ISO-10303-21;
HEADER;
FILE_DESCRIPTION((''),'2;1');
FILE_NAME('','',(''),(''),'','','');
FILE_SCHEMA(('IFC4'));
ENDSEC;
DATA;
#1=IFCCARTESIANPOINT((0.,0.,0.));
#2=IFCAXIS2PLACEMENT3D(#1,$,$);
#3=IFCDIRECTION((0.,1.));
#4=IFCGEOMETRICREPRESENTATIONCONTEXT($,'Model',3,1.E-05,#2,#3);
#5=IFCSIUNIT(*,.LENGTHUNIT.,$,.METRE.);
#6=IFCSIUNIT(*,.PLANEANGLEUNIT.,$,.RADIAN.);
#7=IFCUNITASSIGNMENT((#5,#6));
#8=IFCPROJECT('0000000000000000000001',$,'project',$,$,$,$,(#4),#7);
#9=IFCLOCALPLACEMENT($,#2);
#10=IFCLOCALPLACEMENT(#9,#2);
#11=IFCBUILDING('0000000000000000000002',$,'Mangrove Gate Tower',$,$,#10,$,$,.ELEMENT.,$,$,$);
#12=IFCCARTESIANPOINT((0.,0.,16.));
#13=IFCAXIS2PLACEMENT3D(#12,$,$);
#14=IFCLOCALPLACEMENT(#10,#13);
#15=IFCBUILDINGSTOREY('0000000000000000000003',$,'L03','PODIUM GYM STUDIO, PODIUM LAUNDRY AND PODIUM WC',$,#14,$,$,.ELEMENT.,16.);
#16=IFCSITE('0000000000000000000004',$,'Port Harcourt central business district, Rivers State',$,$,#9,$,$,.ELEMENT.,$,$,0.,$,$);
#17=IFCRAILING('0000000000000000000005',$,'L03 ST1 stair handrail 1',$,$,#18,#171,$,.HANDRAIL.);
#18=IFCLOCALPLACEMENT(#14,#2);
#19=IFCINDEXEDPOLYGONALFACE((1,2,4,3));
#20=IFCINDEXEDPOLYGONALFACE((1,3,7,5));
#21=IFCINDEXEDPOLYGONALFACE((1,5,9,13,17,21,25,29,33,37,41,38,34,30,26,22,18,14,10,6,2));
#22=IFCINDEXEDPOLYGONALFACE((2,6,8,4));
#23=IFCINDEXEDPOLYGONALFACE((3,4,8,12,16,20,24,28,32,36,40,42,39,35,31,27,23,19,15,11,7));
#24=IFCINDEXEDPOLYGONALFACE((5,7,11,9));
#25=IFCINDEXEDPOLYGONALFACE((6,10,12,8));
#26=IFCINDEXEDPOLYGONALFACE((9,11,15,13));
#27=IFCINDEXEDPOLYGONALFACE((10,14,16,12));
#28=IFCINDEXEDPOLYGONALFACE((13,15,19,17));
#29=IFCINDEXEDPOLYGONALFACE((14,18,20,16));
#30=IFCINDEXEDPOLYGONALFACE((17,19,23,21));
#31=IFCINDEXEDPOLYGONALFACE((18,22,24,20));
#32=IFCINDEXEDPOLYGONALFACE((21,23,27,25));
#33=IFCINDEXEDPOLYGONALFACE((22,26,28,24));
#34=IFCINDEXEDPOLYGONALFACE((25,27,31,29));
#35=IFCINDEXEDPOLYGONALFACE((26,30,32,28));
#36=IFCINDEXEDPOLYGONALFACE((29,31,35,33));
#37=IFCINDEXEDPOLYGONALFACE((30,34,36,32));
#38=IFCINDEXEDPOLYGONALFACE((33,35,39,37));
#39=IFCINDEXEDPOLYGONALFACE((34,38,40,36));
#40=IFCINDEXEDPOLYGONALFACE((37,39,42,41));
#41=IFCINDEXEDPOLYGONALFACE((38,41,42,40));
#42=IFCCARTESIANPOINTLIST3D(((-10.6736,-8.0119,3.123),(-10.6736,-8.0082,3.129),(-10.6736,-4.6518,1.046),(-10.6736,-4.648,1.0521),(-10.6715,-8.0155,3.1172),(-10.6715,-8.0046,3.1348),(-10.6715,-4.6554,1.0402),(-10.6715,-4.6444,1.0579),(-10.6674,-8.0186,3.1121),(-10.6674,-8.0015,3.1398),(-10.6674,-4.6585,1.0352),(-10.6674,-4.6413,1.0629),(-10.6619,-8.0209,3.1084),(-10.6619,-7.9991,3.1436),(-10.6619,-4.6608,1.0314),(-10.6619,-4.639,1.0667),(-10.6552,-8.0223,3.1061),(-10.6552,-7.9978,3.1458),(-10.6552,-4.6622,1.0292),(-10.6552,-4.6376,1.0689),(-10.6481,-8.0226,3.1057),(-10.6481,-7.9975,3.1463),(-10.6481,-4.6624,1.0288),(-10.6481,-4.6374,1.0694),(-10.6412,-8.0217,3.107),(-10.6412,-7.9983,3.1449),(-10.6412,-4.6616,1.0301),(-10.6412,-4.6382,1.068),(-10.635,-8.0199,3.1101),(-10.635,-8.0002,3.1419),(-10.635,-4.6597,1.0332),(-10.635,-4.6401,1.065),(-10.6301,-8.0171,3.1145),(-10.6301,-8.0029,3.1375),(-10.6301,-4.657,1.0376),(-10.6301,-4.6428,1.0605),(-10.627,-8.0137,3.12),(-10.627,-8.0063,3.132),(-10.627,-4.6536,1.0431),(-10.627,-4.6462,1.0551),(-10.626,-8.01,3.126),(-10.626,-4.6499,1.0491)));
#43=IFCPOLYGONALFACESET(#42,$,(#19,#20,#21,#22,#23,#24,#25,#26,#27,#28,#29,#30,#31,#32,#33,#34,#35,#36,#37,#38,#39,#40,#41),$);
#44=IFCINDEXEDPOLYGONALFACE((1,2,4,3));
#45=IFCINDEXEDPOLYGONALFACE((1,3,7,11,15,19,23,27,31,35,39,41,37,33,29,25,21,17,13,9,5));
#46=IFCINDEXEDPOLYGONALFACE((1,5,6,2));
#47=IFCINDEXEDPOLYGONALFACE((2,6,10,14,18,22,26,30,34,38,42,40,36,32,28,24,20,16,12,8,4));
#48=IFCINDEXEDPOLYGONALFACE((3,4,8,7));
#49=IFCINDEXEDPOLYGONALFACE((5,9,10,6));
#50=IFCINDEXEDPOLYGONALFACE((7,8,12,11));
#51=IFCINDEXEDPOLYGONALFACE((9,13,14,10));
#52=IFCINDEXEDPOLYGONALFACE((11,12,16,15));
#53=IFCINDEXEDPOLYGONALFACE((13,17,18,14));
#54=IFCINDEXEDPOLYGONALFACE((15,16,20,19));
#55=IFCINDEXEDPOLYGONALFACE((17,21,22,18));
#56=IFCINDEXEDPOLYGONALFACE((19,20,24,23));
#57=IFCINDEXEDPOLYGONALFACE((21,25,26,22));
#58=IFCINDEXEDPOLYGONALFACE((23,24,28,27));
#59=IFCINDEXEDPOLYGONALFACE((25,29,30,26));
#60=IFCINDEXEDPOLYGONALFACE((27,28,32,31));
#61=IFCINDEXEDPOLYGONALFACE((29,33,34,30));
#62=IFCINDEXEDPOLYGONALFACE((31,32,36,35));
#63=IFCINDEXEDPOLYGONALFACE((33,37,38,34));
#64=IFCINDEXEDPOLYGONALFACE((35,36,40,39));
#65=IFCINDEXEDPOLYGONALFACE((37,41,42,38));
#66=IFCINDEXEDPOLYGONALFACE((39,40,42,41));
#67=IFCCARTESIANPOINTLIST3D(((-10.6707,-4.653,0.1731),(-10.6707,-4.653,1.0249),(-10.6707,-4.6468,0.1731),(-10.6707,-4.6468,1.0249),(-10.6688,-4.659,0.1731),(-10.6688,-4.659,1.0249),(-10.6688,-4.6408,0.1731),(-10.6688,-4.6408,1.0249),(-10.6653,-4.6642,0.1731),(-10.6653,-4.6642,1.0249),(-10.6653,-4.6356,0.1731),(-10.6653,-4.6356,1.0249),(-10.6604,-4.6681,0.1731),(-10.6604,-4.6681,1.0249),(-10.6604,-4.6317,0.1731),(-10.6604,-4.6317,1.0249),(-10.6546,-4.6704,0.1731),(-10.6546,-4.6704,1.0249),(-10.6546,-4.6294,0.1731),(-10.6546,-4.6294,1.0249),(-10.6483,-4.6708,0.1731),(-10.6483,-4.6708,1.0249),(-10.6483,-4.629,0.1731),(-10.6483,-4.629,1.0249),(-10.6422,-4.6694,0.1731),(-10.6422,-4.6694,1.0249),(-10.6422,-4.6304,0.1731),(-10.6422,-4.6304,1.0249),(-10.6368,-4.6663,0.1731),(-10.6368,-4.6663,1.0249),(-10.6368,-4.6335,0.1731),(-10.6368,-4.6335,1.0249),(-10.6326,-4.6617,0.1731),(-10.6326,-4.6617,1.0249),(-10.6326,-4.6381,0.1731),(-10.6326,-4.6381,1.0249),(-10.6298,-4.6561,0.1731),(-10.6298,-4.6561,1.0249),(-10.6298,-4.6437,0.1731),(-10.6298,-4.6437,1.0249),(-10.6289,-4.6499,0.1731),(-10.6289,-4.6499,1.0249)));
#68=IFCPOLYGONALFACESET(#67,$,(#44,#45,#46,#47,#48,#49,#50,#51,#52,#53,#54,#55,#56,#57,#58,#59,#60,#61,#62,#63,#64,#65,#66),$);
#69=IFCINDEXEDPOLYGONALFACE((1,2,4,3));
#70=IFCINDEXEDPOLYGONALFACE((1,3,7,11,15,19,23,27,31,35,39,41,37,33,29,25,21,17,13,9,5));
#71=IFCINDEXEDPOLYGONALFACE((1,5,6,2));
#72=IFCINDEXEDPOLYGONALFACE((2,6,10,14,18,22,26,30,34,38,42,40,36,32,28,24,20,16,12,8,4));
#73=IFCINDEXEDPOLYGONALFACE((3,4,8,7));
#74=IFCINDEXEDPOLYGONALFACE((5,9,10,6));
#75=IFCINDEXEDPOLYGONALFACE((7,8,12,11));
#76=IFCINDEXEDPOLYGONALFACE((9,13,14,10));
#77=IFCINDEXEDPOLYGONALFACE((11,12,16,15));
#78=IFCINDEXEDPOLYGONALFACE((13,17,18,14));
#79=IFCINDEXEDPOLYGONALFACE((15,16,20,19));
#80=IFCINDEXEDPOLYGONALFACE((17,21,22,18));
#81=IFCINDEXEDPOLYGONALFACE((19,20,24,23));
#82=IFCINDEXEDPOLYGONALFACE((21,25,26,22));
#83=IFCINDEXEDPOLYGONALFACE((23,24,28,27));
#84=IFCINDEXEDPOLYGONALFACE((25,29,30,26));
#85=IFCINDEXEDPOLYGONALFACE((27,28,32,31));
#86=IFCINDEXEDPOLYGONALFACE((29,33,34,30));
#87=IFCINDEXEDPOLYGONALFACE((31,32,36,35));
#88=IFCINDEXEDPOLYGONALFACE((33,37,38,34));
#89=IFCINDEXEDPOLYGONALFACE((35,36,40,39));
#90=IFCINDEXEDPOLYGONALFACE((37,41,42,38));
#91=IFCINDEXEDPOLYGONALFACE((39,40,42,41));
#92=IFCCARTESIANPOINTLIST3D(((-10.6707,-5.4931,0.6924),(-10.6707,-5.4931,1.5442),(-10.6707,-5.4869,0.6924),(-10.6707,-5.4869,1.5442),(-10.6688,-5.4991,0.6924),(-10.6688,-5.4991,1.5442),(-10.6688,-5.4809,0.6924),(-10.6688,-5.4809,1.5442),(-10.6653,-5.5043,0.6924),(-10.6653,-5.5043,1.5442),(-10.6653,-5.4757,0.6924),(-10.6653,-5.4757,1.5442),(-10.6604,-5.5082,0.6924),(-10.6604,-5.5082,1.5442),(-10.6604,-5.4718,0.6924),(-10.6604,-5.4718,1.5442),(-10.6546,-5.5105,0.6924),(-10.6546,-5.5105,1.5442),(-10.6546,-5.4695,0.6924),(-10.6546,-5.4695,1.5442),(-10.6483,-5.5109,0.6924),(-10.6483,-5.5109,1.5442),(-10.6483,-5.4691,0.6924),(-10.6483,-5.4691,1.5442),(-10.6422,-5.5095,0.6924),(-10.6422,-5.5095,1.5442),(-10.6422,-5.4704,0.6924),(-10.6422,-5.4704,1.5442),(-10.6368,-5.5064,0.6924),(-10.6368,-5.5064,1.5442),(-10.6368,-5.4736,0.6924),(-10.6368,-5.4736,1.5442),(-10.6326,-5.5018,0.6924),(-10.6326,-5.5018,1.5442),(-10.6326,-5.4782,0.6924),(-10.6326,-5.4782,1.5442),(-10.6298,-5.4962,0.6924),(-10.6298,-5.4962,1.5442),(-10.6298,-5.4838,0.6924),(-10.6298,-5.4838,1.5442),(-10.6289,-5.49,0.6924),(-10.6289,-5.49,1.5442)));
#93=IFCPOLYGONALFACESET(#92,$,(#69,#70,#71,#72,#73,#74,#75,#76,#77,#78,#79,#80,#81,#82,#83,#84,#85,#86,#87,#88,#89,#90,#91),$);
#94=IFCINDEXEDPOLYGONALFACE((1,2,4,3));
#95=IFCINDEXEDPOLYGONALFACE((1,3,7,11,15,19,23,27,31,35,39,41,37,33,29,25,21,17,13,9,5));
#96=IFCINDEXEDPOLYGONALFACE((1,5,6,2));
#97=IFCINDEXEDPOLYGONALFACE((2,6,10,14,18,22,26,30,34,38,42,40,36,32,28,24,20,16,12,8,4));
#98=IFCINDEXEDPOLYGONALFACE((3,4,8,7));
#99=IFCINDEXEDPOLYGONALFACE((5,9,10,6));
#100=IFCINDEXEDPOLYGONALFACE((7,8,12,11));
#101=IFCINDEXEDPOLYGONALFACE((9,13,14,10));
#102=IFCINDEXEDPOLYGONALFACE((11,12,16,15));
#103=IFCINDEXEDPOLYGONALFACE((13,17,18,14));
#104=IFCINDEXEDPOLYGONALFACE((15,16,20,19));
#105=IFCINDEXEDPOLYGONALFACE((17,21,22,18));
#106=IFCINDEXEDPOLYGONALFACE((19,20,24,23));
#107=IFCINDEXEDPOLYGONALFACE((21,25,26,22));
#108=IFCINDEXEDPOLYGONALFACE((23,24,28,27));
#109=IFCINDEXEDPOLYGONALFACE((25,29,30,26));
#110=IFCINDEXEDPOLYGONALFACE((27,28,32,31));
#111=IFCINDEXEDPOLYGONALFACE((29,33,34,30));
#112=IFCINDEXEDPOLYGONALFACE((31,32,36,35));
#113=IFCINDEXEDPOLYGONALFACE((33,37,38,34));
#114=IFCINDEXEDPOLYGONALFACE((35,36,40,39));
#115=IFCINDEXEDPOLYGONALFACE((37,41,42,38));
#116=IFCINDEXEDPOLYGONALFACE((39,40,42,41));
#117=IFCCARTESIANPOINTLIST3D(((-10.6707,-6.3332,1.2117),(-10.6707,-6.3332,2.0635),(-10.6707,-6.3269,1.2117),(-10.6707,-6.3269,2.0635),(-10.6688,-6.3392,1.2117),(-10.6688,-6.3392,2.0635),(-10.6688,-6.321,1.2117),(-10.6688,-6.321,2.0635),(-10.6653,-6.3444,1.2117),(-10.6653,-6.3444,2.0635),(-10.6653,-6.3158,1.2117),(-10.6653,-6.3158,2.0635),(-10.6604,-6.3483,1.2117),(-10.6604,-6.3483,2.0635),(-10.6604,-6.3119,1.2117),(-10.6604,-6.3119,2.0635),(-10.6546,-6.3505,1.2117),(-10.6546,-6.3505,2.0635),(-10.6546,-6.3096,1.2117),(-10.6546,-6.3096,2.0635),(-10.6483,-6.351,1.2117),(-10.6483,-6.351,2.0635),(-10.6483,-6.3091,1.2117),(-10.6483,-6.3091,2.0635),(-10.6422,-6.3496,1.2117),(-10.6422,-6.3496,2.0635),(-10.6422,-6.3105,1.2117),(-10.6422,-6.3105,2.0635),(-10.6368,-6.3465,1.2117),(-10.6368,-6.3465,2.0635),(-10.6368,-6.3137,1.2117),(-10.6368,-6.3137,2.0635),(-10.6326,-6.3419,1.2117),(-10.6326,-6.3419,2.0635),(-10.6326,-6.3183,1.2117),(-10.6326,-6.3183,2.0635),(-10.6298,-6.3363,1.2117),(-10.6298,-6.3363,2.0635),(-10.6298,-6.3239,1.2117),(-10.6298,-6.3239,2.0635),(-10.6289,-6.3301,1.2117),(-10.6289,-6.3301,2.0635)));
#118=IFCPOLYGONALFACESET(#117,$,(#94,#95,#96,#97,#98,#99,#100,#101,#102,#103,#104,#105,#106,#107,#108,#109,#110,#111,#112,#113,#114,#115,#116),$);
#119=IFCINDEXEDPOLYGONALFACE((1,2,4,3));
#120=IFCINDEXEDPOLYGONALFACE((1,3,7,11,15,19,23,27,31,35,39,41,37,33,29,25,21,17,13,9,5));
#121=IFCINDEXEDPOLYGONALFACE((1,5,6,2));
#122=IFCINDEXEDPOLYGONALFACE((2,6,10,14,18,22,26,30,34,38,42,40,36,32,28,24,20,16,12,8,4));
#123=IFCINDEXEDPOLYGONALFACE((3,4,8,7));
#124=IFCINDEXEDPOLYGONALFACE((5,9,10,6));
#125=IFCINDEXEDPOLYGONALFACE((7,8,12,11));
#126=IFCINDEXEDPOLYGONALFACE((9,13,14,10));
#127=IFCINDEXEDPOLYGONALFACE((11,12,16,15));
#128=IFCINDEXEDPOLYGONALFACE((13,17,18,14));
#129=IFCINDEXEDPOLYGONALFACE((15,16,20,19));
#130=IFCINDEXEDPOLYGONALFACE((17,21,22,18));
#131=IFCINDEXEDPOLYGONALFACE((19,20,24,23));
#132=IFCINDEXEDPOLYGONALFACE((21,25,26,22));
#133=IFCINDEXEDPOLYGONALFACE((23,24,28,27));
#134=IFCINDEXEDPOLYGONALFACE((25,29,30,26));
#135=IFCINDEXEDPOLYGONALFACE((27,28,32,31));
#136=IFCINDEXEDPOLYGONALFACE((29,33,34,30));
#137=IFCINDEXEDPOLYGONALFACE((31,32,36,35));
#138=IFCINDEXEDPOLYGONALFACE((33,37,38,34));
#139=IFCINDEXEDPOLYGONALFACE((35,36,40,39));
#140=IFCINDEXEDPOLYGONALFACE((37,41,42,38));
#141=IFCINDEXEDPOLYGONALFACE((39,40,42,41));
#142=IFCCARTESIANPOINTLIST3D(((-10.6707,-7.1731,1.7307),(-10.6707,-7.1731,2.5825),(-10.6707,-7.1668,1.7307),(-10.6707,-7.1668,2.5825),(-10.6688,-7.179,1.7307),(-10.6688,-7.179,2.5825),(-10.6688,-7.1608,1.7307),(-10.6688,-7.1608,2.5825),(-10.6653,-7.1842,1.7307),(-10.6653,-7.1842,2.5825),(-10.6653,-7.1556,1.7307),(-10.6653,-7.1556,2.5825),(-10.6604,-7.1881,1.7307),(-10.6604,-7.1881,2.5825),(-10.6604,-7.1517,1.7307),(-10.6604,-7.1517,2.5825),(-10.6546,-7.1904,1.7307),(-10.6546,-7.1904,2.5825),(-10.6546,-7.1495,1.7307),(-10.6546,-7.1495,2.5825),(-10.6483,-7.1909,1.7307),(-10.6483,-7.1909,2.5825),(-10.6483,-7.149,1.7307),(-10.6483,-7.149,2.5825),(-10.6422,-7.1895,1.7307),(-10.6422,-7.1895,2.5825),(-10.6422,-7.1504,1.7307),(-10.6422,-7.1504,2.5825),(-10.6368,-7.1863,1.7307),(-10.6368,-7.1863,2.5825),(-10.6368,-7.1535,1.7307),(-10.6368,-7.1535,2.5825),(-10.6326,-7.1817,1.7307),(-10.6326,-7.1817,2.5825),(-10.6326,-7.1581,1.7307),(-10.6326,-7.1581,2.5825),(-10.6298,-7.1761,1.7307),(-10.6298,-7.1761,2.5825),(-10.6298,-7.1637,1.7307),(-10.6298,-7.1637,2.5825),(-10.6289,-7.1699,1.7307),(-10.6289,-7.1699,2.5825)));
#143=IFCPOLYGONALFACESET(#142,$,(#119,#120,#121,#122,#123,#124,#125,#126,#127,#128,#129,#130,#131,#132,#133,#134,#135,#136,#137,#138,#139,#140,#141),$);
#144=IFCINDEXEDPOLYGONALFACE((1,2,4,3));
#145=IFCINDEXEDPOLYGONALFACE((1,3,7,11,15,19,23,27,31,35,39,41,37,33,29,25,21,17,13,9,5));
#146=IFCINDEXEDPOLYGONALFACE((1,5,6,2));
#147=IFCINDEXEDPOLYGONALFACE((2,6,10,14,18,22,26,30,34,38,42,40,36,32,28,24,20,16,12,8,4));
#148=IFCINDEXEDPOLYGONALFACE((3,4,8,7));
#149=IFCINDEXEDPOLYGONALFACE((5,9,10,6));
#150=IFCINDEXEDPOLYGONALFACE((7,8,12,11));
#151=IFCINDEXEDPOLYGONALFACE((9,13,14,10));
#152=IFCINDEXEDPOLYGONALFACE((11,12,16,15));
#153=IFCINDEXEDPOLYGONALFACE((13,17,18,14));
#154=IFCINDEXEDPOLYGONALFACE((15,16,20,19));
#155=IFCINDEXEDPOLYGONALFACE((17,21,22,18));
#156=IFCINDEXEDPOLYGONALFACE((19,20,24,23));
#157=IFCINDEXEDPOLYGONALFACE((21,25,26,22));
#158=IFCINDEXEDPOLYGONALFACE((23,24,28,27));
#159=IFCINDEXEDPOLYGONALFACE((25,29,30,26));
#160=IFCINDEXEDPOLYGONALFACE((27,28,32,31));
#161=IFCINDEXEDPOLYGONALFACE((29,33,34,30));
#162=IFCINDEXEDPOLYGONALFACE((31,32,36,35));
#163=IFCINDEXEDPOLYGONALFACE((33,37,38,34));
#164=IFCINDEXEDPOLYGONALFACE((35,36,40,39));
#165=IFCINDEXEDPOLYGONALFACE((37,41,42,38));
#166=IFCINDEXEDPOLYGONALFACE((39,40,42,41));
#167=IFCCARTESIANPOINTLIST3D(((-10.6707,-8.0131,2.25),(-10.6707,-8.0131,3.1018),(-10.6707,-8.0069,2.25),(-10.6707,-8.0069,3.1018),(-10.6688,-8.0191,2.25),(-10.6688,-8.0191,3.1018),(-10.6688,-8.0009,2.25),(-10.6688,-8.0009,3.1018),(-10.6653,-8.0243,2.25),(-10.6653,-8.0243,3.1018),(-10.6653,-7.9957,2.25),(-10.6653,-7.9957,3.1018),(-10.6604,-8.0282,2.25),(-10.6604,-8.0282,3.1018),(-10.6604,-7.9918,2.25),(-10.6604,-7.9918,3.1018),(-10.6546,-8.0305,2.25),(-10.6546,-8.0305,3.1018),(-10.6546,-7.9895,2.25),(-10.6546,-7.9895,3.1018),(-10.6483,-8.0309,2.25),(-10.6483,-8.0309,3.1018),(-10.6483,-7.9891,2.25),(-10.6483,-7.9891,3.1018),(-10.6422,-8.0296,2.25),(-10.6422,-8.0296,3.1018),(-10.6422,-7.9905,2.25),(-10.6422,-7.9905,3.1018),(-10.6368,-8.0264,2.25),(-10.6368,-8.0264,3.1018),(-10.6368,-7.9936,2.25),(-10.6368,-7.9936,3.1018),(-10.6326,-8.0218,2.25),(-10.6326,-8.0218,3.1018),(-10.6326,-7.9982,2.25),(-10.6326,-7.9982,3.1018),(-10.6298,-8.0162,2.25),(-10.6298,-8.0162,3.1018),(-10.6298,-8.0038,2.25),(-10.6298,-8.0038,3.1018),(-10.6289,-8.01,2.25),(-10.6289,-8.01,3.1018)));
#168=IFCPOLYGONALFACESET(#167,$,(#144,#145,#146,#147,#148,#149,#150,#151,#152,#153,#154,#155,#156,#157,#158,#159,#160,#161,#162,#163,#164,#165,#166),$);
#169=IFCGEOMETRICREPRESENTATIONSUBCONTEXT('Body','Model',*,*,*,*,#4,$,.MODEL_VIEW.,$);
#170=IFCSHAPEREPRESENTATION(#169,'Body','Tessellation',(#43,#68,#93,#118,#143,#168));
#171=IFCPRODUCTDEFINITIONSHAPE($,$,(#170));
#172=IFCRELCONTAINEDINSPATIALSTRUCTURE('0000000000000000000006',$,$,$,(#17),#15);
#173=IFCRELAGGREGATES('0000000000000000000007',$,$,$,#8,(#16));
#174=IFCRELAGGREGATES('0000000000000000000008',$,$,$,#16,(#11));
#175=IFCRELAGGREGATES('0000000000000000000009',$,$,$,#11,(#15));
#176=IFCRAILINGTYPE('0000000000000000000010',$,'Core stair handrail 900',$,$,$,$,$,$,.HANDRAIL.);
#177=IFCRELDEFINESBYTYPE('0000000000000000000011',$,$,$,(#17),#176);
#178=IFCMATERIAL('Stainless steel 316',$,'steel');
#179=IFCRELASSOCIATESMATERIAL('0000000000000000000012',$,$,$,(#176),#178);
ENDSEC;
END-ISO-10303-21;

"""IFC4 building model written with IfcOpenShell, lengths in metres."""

from ifc_helpers import new_model, si_unit, direction, frame, origin, origin_2d, place, context, subcontext, project, spatial, circle, extrude, material, type_object, element, save


model = new_model("IFC4")

# Units and contexts
model_context = context("Model", 3, precision=1e-05, world=origin(), true_north=direction((0.0, 1.0)))
body_context = subcontext(model_context, "Body", "Model", "MODEL_VIEW")
ifc_project = project(units=[si_unit("LENGTHUNIT", "METRE"), si_unit("PLANEANGLEUNIT", "RADIAN")], contexts=[model_context])

# Site, building, storey
site_placement = place(None, origin())
site = spatial("IfcSite", under=ifc_project, at=site_placement, Name="Port Harcourt central business district, Rivers State", CompositionType="ELEMENT", RefElevation=0.0)
building_placement = place(site_placement, origin())
building = spatial("IfcBuilding", under=site, at=building_placement, Name="Mangrove Gate Tower", CompositionType="ELEMENT")
storey_placement = place(building_placement, frame((0.0, 0.0, 16.0)))
storey = spatial("IfcBuildingStorey", under=building, at=storey_placement, Name="L03", Description="PODIUM GYM STUDIO, PODIUM LAUNDRY AND PODIUM WC", CompositionType="ELEMENT", Elevation=16.0)

# Railing
ifc_material_1 = material(Name="Stainless steel 316", Category="steel")
railing_type = type_object("IfcRailingType", Name="Core stair handrail 900", PredefinedType="HANDRAIL", material=ifc_material_1)
railing_placement = place(storey_placement, frame((-10.6499, -4.6499, 0.1731)))
element("IfcRailing", 1, at=railing_placement, inside=storey, type_object=railing_type, Name="L03 ST1 stair handrail 1", PredefinedType="HANDRAIL", context=body_context, shape_type="SweptSolid", body=[
    extrude(circle(Radius=0.0239, at=origin_2d()), frame((0.0, 0.0, 0.876), z_axis=(0.0, -0.850623, 0.525776), x_axis=(1.0, 0.0, 0.0)), (0.0, 0.0, 1.0), 3.9502),
    extrude(circle(Radius=0.021, at=origin_2d()), origin(), (0.0, 0.0, 1.0), 0.8518),
    extrude(circle(Radius=0.021, at=origin_2d()), frame((0.0, -0.8401, 0.5193)), (0.0, 0.0, 1.0), 0.8518),
    extrude(circle(Radius=0.021, at=origin_2d()), frame((0.0, -1.6802, 1.0386)), (0.0, 0.0, 1.0), 0.8518),
    extrude(circle(Radius=0.021, at=origin_2d()), frame((0.0, -2.52, 1.5576)), (0.0, 0.0, 1.0), 0.8518),
    extrude(circle(Radius=0.021, at=origin_2d()), frame((0.0, -3.3601, 2.0769)), (0.0, 0.0, 1.0), 0.8518),
])

save(model, "model.ifc")
